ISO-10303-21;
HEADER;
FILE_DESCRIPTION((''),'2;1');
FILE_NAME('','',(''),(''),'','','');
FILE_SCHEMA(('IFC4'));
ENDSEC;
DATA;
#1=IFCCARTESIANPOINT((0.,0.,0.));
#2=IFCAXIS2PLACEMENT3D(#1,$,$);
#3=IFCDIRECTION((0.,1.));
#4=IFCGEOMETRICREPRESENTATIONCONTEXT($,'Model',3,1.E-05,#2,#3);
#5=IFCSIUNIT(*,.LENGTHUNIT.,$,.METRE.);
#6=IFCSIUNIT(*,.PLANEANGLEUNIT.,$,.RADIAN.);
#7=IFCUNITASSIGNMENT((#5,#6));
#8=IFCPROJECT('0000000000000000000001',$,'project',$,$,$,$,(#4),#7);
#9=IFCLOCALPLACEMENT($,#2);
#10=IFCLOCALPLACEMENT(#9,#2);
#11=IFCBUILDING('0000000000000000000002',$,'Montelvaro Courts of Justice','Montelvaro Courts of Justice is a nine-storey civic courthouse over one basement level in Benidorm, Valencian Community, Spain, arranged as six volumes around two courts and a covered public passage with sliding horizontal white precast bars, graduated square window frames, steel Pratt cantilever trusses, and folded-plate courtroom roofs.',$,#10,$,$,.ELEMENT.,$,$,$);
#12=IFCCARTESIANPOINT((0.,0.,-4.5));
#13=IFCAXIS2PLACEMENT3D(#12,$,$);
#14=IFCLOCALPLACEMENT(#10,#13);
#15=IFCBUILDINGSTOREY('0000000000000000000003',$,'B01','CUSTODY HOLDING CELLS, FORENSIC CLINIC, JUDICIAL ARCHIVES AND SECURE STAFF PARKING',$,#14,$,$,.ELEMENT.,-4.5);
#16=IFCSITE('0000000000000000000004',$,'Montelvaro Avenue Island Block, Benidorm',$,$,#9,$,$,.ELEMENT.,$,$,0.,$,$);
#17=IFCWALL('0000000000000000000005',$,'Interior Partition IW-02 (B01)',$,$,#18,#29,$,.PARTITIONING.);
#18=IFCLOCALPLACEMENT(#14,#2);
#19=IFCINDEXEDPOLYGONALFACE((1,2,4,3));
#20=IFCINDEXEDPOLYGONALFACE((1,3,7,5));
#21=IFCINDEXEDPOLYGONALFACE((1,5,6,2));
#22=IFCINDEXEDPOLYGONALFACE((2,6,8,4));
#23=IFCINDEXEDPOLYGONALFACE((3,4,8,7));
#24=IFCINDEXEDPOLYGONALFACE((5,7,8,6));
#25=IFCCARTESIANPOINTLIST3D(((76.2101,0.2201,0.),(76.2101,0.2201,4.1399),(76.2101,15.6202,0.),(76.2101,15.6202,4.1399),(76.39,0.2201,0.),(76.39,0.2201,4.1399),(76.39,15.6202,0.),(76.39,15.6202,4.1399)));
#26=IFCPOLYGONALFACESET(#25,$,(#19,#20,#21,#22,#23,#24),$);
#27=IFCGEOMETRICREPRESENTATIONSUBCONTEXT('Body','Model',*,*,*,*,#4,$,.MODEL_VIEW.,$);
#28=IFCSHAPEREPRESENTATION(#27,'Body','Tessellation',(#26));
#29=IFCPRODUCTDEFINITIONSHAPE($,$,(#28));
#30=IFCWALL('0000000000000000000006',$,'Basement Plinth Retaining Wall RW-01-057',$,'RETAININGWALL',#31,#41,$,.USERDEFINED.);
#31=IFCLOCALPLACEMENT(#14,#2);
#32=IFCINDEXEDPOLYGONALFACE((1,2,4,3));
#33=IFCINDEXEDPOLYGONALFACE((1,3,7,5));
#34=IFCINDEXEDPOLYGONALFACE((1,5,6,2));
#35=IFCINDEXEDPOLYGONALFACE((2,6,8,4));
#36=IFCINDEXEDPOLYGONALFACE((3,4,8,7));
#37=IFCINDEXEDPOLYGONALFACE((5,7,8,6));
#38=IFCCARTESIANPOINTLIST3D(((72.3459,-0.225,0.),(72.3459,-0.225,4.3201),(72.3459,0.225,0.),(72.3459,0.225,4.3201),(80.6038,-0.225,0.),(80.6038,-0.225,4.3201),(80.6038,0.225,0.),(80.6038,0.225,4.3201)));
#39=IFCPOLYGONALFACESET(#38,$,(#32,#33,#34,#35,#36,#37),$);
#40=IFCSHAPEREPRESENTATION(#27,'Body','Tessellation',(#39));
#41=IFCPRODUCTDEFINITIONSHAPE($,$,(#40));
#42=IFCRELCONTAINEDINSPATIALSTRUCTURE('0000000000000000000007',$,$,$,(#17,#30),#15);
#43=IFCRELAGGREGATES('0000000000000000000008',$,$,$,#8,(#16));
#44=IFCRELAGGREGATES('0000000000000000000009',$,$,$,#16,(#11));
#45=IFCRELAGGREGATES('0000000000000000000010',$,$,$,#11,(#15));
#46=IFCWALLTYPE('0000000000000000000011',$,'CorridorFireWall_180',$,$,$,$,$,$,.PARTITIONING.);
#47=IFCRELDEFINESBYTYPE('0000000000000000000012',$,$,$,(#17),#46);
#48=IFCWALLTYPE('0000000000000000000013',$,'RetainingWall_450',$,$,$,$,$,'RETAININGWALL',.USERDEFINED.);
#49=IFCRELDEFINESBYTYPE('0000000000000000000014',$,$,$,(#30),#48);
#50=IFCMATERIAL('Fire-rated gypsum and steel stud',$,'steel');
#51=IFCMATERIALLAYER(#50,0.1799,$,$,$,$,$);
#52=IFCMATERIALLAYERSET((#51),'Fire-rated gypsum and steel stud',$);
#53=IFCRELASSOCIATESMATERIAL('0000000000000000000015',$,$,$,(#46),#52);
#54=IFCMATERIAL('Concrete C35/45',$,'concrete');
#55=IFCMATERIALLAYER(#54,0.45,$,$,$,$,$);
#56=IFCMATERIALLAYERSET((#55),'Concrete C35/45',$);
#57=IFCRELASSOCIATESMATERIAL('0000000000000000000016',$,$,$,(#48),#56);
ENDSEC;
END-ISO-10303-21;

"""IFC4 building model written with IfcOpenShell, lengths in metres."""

from ifc_helpers import new_model, si_unit, direction, frame, frame_2d, origin, place, context, subcontext, project, spatial, rectangle, extrude, material, layer, layer_set, type_object, element, save


model = new_model("IFC4")

# Units and contexts
model_context = context("Model", 3, precision=1e-05, world=origin(), true_north=direction((0.0, 1.0)))
body_context = subcontext(model_context, "Body", "Model", "MODEL_VIEW")
ifc_project = project(units=[si_unit("LENGTHUNIT", "METRE"), si_unit("PLANEANGLEUNIT", "RADIAN")], contexts=[model_context])

# Site, building, storey
site_placement = place(None, origin())
site = spatial("IfcSite", under=ifc_project, at=site_placement, Name="Montelvaro Avenue Island Block, Benidorm", CompositionType="ELEMENT", RefElevation=0.0)
building_placement = place(site_placement, origin())
building = spatial("IfcBuilding", under=site, at=building_placement, Name="Montelvaro Courts of Justice", Description="Montelvaro Courts of Justice is a nine-storey civic courthouse over one basement level in Benidorm, Valencian Community, Spain, arranged as six volumes around two courts and a covered public passage with sliding horizontal white precast bars, graduated square window frames, steel Pratt cantilever trusses, and folded-plate courtroom roofs.", CompositionType="ELEMENT")
storey_placement = place(building_placement, frame((0.0, 0.0, -4.5)))
storey = spatial("IfcBuildingStorey", under=building, at=storey_placement, Name="B01", Description="CUSTODY HOLDING CELLS, FORENSIC CLINIC, JUDICIAL ARCHIVES AND SECURE STAFF PARKING", CompositionType="ELEMENT", Elevation=-4.5)

# Shared definitions
ifc_material_1 = material(Name="Concrete C35/45", Category="concrete")

# Walls
ifc_material_2 = material(Name="Fire-rated gypsum and steel stud", Category="steel")
ifc_layer_1 = layer(ifc_material_2, 0.1799)
ifc_layer_set_1 = layer_set([ifc_layer_1], Name="Fire-rated gypsum and steel stud")
wall_type_1 = type_object("IfcWallType", Name="CorridorFireWall_180", PredefinedType="PARTITIONING", material=ifc_layer_set_1)
wall_1_placement = place(storey_placement, frame((76.3, 0.22, 0.0), z_axis=(0.0, 0.0, 1.0), x_axis=(0.0, 1.0, 0.0)))
element("IfcWall", 1, at=wall_1_placement, inside=storey, type_object=wall_type_1, Name="Interior Partition IW-02 (B01)", PredefinedType="PARTITIONING", context=body_context, shape_type="SweptSolid", body=[
    extrude(rectangle(XDim=15.4001, YDim=0.1799, at=frame_2d((7.7002, 0.0))), origin(), (0.0, 0.0, 1.0), 4.1399),
])
ifc_layer_2 = layer(ifc_material_1, 0.45)
ifc_layer_set_2 = layer_set([ifc_layer_2], Name="Concrete C35/45")
wall_type_2 = type_object("IfcWallType", Name="RetainingWall_450", ElementType="RETAININGWALL", PredefinedType="USERDEFINED", material=ifc_layer_set_2)
wall_2_placement = place(storey_placement, frame((72.3459, 0.0, 0.0), z_axis=(0.0, 0.0, 1.0), x_axis=(1.0, 0.0, 0.0)))
element("IfcWall", 2, at=wall_2_placement, inside=storey, type_object=wall_type_2, Name="Basement Plinth Retaining Wall RW-01-057", ObjectType="RETAININGWALL", PredefinedType="USERDEFINED", context=body_context, shape_type="SweptSolid", body=[
    extrude(rectangle(XDim=8.2578, YDim=0.45, at=frame_2d((4.1289, 0.0))), origin(), (0.0, 0.0, 1.0), 4.3201),
])

save(model, "model.ifc")
